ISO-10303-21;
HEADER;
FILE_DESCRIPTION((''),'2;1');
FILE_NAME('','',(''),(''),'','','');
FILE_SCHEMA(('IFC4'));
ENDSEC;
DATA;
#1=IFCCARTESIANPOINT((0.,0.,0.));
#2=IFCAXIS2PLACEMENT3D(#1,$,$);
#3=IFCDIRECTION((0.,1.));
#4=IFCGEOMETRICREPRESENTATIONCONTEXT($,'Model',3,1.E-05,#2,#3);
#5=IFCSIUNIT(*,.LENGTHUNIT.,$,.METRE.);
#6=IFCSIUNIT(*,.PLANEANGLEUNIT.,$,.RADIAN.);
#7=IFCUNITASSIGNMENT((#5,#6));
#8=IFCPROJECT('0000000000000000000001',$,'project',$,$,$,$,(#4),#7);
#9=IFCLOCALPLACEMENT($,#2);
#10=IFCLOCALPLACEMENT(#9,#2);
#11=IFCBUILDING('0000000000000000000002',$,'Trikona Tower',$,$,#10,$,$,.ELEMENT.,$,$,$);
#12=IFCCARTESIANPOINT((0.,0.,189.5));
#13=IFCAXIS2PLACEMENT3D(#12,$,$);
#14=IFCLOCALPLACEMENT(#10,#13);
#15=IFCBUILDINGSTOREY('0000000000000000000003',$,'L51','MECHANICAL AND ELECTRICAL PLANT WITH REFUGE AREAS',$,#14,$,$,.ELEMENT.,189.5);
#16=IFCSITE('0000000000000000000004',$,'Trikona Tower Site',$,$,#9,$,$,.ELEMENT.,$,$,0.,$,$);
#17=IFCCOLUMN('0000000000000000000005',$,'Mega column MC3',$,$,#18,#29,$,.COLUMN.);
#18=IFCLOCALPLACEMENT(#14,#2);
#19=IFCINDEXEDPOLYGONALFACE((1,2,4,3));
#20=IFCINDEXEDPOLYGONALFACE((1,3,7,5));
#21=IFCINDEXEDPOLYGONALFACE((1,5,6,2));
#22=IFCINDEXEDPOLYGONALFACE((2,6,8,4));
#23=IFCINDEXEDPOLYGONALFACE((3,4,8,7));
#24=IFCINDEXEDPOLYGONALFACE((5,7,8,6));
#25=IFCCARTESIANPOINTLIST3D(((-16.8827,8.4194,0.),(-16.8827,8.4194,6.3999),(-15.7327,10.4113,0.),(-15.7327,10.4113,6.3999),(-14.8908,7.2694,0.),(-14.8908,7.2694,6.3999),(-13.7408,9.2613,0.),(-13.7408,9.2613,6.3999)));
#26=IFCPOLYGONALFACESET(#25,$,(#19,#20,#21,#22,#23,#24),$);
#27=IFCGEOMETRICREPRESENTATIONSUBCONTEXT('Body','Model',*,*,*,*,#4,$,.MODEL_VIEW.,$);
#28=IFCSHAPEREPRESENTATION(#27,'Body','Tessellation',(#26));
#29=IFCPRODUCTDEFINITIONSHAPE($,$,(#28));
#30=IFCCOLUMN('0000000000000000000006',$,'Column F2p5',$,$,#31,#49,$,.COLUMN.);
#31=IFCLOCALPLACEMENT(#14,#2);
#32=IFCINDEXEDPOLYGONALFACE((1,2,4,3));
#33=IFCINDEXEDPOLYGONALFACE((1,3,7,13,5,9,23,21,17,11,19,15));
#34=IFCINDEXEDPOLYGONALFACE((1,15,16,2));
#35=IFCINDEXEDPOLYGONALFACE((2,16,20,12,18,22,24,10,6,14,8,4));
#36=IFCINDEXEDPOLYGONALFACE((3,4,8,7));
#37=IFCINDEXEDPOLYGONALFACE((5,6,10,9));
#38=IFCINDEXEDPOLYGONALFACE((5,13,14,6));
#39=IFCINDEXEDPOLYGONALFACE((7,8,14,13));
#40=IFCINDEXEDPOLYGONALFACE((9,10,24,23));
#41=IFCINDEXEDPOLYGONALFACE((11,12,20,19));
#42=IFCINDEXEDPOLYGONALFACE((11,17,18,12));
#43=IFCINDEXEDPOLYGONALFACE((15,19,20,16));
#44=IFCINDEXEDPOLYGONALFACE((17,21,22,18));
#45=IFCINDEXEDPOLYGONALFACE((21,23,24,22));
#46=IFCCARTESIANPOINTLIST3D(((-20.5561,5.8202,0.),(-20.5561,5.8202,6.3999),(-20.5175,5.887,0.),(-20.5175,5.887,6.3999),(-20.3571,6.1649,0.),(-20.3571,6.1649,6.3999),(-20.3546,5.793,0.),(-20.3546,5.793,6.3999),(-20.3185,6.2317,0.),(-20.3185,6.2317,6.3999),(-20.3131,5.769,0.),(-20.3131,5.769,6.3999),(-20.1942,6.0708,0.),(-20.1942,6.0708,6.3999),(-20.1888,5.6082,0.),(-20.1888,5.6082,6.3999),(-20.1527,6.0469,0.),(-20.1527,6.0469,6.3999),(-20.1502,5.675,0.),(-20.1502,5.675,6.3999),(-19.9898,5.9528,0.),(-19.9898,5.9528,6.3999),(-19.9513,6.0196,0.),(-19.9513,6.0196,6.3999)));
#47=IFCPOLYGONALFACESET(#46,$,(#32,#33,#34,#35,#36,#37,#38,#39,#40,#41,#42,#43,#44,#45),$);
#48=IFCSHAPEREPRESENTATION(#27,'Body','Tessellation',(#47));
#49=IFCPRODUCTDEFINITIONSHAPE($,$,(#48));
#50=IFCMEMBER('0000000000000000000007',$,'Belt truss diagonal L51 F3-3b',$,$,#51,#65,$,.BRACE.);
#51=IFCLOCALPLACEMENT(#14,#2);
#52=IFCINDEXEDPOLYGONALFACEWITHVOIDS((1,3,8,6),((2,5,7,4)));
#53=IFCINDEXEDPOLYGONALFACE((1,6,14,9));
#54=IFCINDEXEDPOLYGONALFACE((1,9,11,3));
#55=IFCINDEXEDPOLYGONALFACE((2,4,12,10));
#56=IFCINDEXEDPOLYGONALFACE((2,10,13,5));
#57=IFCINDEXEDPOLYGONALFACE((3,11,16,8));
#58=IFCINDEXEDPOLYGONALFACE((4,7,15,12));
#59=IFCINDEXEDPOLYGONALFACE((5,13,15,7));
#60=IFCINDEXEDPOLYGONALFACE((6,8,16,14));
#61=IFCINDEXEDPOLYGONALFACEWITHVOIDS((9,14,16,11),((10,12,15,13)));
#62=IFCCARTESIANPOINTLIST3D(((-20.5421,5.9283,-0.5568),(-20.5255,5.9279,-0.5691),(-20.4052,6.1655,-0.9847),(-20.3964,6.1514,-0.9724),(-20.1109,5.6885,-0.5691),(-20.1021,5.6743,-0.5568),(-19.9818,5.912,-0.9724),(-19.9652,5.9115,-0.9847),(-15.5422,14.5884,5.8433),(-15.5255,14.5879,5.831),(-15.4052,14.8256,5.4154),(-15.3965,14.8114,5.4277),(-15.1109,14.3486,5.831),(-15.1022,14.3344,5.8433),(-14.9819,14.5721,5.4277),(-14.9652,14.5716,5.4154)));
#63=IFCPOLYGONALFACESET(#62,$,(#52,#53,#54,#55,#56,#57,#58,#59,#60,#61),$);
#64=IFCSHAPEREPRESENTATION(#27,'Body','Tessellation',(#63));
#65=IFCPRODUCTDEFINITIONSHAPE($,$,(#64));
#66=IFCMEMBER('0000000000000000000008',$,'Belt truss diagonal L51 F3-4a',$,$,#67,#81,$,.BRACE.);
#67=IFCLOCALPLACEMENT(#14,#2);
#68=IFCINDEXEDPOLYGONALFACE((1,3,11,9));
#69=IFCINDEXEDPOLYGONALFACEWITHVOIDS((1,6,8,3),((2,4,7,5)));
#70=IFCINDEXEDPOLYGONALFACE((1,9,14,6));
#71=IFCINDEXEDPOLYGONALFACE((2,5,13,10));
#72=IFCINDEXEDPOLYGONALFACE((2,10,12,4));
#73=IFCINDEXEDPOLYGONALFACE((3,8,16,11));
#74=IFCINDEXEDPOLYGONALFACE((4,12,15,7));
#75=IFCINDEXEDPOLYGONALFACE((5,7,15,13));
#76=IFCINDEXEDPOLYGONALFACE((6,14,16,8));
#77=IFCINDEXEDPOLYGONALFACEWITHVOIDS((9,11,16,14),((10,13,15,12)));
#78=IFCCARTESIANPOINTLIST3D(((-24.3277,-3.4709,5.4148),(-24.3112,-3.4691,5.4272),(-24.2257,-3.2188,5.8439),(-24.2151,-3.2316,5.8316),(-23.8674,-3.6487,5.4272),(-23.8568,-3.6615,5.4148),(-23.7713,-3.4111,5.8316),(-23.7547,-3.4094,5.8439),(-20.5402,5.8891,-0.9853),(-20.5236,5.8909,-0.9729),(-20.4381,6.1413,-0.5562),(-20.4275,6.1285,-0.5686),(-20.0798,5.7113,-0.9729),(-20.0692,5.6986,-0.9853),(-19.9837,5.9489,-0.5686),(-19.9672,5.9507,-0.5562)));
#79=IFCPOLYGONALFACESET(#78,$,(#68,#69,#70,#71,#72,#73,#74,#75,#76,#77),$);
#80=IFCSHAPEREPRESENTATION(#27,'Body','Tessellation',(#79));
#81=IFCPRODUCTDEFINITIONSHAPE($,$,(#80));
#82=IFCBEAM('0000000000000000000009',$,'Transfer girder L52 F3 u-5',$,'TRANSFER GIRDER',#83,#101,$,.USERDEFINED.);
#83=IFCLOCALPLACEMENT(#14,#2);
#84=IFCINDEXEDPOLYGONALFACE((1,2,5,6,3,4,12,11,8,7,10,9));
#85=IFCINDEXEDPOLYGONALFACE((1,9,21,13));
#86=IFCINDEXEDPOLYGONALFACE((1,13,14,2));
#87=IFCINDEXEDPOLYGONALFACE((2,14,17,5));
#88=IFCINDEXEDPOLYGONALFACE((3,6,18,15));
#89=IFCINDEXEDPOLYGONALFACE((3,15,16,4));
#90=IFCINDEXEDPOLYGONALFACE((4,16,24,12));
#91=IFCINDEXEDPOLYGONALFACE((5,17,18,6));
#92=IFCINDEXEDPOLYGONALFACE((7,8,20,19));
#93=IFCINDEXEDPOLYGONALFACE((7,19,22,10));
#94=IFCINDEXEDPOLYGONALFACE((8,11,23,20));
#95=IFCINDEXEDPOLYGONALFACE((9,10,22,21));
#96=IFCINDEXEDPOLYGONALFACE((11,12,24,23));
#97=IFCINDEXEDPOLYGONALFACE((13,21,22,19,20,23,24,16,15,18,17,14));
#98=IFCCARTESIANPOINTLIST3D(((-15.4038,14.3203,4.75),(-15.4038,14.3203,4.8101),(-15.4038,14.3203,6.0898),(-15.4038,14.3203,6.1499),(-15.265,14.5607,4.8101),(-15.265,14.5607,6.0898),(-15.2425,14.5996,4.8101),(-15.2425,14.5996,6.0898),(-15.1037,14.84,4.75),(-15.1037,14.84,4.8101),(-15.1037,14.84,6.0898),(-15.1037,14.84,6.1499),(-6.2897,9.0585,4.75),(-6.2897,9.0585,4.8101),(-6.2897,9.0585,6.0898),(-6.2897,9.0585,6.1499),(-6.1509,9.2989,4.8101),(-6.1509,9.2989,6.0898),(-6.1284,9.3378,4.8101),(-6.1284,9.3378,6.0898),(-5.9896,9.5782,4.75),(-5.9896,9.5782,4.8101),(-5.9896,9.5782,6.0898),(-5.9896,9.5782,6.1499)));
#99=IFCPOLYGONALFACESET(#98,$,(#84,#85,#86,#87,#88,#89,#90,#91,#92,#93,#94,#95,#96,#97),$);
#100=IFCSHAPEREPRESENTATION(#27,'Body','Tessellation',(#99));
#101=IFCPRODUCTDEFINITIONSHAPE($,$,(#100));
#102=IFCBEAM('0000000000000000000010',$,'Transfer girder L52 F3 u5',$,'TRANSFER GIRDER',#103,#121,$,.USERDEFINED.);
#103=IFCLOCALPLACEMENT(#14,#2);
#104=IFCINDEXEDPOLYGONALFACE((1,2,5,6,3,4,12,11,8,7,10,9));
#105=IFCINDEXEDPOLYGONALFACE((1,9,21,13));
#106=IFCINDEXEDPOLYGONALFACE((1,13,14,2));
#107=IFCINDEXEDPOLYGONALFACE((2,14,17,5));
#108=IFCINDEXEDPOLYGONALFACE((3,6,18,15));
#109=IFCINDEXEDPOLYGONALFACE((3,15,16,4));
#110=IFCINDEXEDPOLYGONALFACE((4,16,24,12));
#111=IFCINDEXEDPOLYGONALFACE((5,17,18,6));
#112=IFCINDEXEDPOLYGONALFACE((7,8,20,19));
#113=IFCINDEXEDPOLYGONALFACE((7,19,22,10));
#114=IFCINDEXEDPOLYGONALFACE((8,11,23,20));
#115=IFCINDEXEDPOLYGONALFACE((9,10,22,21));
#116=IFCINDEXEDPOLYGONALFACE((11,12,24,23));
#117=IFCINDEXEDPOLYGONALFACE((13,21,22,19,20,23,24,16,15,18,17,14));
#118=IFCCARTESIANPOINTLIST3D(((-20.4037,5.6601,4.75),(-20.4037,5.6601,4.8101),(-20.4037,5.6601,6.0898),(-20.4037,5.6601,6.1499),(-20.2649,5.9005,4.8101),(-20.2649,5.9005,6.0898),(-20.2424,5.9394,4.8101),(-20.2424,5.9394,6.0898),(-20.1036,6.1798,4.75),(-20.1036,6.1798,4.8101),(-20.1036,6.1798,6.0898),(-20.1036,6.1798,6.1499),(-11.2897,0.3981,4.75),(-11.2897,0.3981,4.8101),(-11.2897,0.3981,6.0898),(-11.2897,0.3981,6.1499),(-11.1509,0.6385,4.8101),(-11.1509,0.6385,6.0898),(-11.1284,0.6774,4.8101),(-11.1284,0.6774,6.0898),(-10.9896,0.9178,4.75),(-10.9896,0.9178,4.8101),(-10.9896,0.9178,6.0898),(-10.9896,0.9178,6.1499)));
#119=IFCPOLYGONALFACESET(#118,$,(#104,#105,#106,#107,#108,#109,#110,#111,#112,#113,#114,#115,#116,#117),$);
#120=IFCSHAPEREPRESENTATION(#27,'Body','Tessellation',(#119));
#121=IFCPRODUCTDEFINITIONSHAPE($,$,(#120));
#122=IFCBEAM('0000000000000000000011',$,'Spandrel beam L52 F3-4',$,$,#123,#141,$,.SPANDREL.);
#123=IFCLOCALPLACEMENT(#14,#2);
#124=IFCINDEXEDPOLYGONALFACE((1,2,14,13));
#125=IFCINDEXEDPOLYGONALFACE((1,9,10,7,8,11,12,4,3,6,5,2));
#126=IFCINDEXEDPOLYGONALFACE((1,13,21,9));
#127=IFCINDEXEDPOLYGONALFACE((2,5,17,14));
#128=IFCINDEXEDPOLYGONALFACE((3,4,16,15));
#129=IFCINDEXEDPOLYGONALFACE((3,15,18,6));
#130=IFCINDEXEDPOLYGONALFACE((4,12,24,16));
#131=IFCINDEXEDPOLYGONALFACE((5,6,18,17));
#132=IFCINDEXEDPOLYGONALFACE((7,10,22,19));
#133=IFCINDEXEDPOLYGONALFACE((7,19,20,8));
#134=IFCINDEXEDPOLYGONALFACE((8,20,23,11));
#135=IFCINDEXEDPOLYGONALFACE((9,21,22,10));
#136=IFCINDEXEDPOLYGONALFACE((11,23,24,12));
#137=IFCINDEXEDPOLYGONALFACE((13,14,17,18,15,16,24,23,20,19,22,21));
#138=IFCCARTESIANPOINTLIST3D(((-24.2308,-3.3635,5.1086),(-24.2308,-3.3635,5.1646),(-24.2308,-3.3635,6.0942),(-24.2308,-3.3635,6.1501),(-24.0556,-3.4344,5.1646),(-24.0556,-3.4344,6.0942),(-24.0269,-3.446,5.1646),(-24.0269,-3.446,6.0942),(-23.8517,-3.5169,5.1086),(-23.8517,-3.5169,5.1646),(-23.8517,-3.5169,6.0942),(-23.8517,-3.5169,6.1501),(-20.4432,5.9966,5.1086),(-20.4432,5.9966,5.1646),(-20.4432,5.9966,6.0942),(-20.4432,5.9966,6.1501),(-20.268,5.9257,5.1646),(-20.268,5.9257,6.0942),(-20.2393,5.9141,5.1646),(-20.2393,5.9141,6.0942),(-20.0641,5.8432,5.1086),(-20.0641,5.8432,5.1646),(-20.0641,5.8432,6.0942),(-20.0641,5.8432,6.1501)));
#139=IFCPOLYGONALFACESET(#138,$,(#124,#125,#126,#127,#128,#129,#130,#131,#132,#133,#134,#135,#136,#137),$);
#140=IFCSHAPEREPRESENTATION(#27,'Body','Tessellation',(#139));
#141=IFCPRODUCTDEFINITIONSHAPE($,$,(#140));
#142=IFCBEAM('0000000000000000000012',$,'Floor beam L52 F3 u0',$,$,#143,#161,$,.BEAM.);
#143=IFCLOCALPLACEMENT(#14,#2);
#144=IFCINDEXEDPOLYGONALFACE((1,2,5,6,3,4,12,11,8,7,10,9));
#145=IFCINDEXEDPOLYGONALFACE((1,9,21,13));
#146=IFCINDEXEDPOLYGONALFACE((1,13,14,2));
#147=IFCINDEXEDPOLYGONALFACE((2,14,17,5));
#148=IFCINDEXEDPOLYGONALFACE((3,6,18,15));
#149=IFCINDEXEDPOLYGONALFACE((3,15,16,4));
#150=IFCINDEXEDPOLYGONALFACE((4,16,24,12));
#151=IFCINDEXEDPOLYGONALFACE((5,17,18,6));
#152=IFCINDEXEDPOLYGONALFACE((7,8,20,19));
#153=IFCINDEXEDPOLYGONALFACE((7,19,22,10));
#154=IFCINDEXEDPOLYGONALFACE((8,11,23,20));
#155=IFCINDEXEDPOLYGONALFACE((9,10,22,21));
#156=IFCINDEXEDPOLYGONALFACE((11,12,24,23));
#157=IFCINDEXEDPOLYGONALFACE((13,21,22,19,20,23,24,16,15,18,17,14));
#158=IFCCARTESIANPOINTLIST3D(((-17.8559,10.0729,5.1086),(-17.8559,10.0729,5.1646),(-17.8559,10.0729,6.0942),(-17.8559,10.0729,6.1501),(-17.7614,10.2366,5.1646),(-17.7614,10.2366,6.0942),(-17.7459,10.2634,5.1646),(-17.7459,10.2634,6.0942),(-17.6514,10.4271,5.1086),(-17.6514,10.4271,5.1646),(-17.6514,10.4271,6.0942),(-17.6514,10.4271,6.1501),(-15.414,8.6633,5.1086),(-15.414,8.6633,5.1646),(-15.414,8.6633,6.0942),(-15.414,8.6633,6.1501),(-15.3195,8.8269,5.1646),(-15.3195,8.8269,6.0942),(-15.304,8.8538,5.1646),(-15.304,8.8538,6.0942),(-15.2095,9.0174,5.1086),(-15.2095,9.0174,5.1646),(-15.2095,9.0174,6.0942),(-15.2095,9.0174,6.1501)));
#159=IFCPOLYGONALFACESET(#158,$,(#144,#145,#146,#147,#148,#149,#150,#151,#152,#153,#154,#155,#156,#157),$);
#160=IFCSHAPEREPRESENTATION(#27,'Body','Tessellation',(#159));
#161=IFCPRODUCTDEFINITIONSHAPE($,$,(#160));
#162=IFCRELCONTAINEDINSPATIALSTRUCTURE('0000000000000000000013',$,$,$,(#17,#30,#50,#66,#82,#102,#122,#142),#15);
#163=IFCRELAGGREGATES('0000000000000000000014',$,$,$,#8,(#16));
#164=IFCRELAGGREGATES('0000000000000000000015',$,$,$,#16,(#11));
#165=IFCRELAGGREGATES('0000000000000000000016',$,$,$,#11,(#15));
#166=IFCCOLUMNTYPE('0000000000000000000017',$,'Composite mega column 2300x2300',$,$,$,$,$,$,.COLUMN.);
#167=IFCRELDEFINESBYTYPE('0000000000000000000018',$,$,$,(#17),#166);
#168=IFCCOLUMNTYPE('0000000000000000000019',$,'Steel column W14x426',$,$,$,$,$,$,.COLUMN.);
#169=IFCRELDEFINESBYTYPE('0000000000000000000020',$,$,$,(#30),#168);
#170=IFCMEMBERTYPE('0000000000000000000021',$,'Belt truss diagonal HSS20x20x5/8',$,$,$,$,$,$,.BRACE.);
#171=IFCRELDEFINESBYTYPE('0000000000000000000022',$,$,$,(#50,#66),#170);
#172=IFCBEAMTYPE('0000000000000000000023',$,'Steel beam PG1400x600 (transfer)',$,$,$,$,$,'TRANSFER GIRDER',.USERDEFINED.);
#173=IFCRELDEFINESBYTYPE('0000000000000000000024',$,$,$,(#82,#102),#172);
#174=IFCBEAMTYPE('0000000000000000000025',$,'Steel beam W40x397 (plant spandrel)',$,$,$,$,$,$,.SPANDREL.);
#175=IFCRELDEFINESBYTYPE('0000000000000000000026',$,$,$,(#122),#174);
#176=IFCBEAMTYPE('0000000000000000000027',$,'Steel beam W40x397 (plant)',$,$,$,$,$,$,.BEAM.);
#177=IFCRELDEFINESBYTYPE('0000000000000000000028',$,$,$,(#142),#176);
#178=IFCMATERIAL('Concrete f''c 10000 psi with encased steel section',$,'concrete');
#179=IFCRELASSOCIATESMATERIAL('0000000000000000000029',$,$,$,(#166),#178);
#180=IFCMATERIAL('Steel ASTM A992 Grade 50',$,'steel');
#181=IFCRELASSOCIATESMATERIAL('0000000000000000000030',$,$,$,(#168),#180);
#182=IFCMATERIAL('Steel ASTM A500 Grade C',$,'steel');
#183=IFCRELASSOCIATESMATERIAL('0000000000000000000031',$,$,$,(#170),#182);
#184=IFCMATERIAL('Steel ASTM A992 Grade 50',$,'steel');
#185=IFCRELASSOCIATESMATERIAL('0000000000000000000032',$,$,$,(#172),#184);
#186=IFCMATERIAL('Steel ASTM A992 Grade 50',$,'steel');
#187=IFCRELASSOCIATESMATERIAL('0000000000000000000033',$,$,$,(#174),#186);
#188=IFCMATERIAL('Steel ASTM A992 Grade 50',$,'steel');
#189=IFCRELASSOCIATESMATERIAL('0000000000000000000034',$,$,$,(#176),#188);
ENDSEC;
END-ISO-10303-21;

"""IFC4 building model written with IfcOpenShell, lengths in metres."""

from ifc_helpers import new_model, si_unit, direction, frame, origin, origin_2d, place, context, subcontext, project, spatial, rectangle, hollow_rectangle, i_section, extrude, material, material_profile, profile_set, type_object, element, save


model = new_model("IFC4")

# Units and contexts
model_context = context("Model", 3, precision=1e-05, world=origin(), true_north=direction((0.0, 1.0)))
body_context = subcontext(model_context, "Body", "Model", "MODEL_VIEW")
ifc_project = project(units=[si_unit("LENGTHUNIT", "METRE"), si_unit("PLANEANGLEUNIT", "RADIAN")], contexts=[model_context])

# Site, building, storey
site_placement = place(None, origin())
site = spatial("IfcSite", under=ifc_project, at=site_placement, Name="Trikona Tower Site", CompositionType="ELEMENT", RefElevation=0.0)
building_placement = place(site_placement, origin())
building = spatial("IfcBuilding", under=site, at=building_placement, Name="Trikona Tower", CompositionType="ELEMENT")
storey_placement = place(building_placement, frame((0.0, 0.0, 189.5)))
storey = spatial("IfcBuildingStorey", under=building, at=storey_placement, Name="L51", Description="MECHANICAL AND ELECTRICAL PLANT WITH REFUGE AREAS", CompositionType="ELEMENT", Elevation=189.5)

# Columns
ifc_material_1 = material(Name="Concrete f'c 10000 psi with encased steel section", Category="concrete")
ifc_material_profile_1 = material_profile(ifc_material_1, rectangle(XDim=2.3, YDim=2.3, at=origin_2d()), Name="MC2300")
ifc_profile_set_1 = profile_set([ifc_material_profile_1], Name="Concrete f'c 10000 psi with encased steel section")
column_type_1 = type_object("IfcColumnType", Name="Composite mega column 2300x2300", PredefinedType="COLUMN", material=ifc_profile_set_1)
column_1_placement = place(storey_placement, frame((-15.3118, 8.8403, 0.0), z_axis=(0.0, 0.0, 1.0), x_axis=(-0.866025, 0.5, 0.0)))
element("IfcColumn", 1, at=column_1_placement, inside=storey, type_object=column_type_1, Name="Mega column MC3", PredefinedType="COLUMN", context=body_context, shape_type="SweptSolid", body=[
    extrude(rectangle(XDim=2.3, YDim=2.3, at=origin_2d()), origin(), (0.0, 0.0, 1.0), 6.3999),
])
ifc_material_2 = material(Name="Steel ASTM A992 Grade 50", Category="steel")
ifc_material_profile_2 = material_profile(ifc_material_2, i_section(OverallWidth=0.4241, OverallDepth=0.4751, WebThickness=0.0479, FlangeThickness=0.0771, at=origin_2d()), Name="W14X426")
ifc_profile_set_2 = profile_set([ifc_material_profile_2], Name="Steel ASTM A992 Grade 50")
column_type_2 = type_object("IfcColumnType", Name="Steel column W14x426", PredefinedType="COLUMN", material=ifc_profile_set_2)
column_2_placement = place(storey_placement, frame((-20.2537, 5.9199, 0.0), z_axis=(0.0, 0.0, 1.0), x_axis=(-0.866025, 0.5, 0.0)))
element("IfcColumn", 2, at=column_2_placement, inside=storey, type_object=column_type_2, Name="Column F2p5", PredefinedType="COLUMN", context=body_context, shape_type="SweptSolid", body=[
    extrude(i_section(OverallWidth=0.4241, OverallDepth=0.4751, WebThickness=0.0479, FlangeThickness=0.0771, at=origin_2d()), origin(), (0.0, 0.0, 1.0), 6.3999),
])

# Members
ifc_material_3 = material(Name="Steel ASTM A500 Grade C", Category="steel")
ifc_material_profile_3 = material_profile(ifc_material_3, hollow_rectangle(XDim=0.5081, YDim=0.5081, WallThickness=0.0146, at=origin_2d()), Name="HSS20X20X5/8")
ifc_profile_set_3 = profile_set([ifc_material_profile_3], Name="Steel ASTM A500 Grade C")
member_type = type_object("IfcMemberType", Name="Belt truss diagonal HSS20x20x5/8", PredefinedType="BRACE", material=ifc_profile_set_3)
member_1_placement = place(storey_placement, frame((-20.2537, 5.9199, -0.7708), z_axis=(0.421135, 0.72942, 0.539066), x_axis=(-0.866023, 0.500004, 0.0)))
element("IfcMember", 3, at=member_1_placement, inside=storey, type_object=member_type, Name="Belt truss diagonal L51 F3-3b", PredefinedType="BRACE", context=body_context, shape_type="SweptSolid", body=[
    extrude(hollow_rectangle(XDim=0.5081, YDim=0.5081, WallThickness=0.0146, at=origin_2d()), origin(), (0.0, 0.0, 1.0), 11.8726),
])
member_2_placement = place(storey_placement, frame((-20.2537, 5.9199, -0.7708), z_axis=(-0.316824, -0.782952, 0.535358), x_axis=(0.926982, -0.375106, 0.0)))
element("IfcMember", 4, at=member_2_placement, inside=storey, type_object=member_type, Name="Belt truss diagonal L51 F3-4a", PredefinedType="BRACE", context=body_context, shape_type="SweptSolid", body=[
    extrude(hollow_rectangle(XDim=0.5081, YDim=0.5081, WallThickness=0.0146, at=origin_2d()), origin(), (0.0, 0.0, 1.0), 11.9548),
])

# Beams
ifc_material_4 = material(Name="Steel ASTM A992 Grade 50", Category="steel")
ifc_material_profile_4 = material_profile(ifc_material_4, i_section(OverallWidth=0.6001, OverallDepth=1.3999, WebThickness=0.0449, FlangeThickness=0.0601, at=origin_2d()), Name="PG1400X600")
ifc_profile_set_4 = profile_set([ifc_material_profile_4], Name="Steel ASTM A992 Grade 50")
beam_type_1 = type_object("IfcBeamType", Name="Steel beam PG1400x600 (transfer)", ElementType="TRANSFER GIRDER", PredefinedType="USERDEFINED", material=ifc_profile_set_4)
for number, where, z_axis, x_axis, name in (
    (5, (-6.1396, 9.3184, 5.45), (-0.866036, 0.499982, 0.0), (-0.499982, -0.866036, 0.0), "Transfer girder L52 F3 u-5"),
    (6, (-11.1396, 0.658, 5.45), (-0.866026, 0.499999, 0.0), (-0.499999, -0.866026, 0.0), "Transfer girder L52 F3 u5"),
):
    element("IfcBeam", number, at=place(storey_placement, frame(where, z_axis=z_axis, x_axis=x_axis)), inside=storey, type_object=beam_type_1, Name=name, ObjectType="TRANSFER GIRDER", PredefinedType="USERDEFINED", context=body_context, shape_type="SweptSolid", body=[
        extrude(i_section(OverallWidth=0.6001, OverallDepth=1.3999, WebThickness=0.0449, FlangeThickness=0.0601, at=origin_2d()), origin(), (0.0, 0.0, 1.0), 10.5239),
    ])
ifc_material_5 = material(Name="Steel ASTM A992 Grade 50", Category="steel")
ifc_material_profile_5 = material_profile(ifc_material_5, i_section(OverallWidth=0.4089, OverallDepth=1.0415, WebThickness=0.031, FlangeThickness=0.0559, at=origin_2d()), Name="W40X397")
ifc_profile_set_5 = profile_set([ifc_material_profile_5], Name="Steel ASTM A992 Grade 50")
beam_type_2 = type_object("IfcBeamType", Name="Steel beam W40x397 (plant spandrel)", PredefinedType="SPANDREL", material=ifc_profile_set_5)
beam_1_placement = place(storey_placement, frame((-20.2537, 5.9199, 5.6294), z_axis=(-0.375106, -0.926982, 0.0), x_axis=(0.926982, -0.375106, 0.0)))
element("IfcBeam", 7, at=beam_1_placement, inside=storey, type_object=beam_type_2, Name="Spandrel beam L52 F3-4", PredefinedType="SPANDREL", context=body_context, shape_type="SweptSolid", body=[
    extrude(i_section(OverallWidth=0.4089, OverallDepth=1.0415, WebThickness=0.031, FlangeThickness=0.0559, at=origin_2d()), origin(), (0.0, 0.0, 1.0), 10.0974),
])
ifc_material_6 = material(Name="Steel ASTM A992 Grade 50", Category="steel")
ifc_material_profile_6 = material_profile(ifc_material_6, i_section(OverallWidth=0.4089, OverallDepth=1.0415, WebThickness=0.031, FlangeThickness=0.0559, at=origin_2d()), Name="W40X397")
ifc_profile_set_6 = profile_set([ifc_material_profile_6], Name="Steel ASTM A992 Grade 50")
beam_type_3 = type_object("IfcBeamType", Name="Steel beam W40x397 (plant)", PredefinedType="BEAM", material=ifc_profile_set_6)
beam_2_placement = place(storey_placement, frame((-15.3118, 8.8403, 5.6294), z_axis=(-0.86605, 0.499957, 0.0), x_axis=(-0.499957, -0.86605, 0.0)))
element("IfcBeam", 8, at=beam_2_placement, inside=storey, type_object=beam_type_3, Name="Floor beam L52 F3 u0", PredefinedType="BEAM", context=body_context, shape_type="SweptSolid", body=[
    extrude(i_section(OverallWidth=0.4089, OverallDepth=1.0415, WebThickness=0.031, FlangeThickness=0.0559, at=origin_2d()), origin(), (0.0, 0.0, 1.0), 2.8196),
])

save(model, "model.ifc")
